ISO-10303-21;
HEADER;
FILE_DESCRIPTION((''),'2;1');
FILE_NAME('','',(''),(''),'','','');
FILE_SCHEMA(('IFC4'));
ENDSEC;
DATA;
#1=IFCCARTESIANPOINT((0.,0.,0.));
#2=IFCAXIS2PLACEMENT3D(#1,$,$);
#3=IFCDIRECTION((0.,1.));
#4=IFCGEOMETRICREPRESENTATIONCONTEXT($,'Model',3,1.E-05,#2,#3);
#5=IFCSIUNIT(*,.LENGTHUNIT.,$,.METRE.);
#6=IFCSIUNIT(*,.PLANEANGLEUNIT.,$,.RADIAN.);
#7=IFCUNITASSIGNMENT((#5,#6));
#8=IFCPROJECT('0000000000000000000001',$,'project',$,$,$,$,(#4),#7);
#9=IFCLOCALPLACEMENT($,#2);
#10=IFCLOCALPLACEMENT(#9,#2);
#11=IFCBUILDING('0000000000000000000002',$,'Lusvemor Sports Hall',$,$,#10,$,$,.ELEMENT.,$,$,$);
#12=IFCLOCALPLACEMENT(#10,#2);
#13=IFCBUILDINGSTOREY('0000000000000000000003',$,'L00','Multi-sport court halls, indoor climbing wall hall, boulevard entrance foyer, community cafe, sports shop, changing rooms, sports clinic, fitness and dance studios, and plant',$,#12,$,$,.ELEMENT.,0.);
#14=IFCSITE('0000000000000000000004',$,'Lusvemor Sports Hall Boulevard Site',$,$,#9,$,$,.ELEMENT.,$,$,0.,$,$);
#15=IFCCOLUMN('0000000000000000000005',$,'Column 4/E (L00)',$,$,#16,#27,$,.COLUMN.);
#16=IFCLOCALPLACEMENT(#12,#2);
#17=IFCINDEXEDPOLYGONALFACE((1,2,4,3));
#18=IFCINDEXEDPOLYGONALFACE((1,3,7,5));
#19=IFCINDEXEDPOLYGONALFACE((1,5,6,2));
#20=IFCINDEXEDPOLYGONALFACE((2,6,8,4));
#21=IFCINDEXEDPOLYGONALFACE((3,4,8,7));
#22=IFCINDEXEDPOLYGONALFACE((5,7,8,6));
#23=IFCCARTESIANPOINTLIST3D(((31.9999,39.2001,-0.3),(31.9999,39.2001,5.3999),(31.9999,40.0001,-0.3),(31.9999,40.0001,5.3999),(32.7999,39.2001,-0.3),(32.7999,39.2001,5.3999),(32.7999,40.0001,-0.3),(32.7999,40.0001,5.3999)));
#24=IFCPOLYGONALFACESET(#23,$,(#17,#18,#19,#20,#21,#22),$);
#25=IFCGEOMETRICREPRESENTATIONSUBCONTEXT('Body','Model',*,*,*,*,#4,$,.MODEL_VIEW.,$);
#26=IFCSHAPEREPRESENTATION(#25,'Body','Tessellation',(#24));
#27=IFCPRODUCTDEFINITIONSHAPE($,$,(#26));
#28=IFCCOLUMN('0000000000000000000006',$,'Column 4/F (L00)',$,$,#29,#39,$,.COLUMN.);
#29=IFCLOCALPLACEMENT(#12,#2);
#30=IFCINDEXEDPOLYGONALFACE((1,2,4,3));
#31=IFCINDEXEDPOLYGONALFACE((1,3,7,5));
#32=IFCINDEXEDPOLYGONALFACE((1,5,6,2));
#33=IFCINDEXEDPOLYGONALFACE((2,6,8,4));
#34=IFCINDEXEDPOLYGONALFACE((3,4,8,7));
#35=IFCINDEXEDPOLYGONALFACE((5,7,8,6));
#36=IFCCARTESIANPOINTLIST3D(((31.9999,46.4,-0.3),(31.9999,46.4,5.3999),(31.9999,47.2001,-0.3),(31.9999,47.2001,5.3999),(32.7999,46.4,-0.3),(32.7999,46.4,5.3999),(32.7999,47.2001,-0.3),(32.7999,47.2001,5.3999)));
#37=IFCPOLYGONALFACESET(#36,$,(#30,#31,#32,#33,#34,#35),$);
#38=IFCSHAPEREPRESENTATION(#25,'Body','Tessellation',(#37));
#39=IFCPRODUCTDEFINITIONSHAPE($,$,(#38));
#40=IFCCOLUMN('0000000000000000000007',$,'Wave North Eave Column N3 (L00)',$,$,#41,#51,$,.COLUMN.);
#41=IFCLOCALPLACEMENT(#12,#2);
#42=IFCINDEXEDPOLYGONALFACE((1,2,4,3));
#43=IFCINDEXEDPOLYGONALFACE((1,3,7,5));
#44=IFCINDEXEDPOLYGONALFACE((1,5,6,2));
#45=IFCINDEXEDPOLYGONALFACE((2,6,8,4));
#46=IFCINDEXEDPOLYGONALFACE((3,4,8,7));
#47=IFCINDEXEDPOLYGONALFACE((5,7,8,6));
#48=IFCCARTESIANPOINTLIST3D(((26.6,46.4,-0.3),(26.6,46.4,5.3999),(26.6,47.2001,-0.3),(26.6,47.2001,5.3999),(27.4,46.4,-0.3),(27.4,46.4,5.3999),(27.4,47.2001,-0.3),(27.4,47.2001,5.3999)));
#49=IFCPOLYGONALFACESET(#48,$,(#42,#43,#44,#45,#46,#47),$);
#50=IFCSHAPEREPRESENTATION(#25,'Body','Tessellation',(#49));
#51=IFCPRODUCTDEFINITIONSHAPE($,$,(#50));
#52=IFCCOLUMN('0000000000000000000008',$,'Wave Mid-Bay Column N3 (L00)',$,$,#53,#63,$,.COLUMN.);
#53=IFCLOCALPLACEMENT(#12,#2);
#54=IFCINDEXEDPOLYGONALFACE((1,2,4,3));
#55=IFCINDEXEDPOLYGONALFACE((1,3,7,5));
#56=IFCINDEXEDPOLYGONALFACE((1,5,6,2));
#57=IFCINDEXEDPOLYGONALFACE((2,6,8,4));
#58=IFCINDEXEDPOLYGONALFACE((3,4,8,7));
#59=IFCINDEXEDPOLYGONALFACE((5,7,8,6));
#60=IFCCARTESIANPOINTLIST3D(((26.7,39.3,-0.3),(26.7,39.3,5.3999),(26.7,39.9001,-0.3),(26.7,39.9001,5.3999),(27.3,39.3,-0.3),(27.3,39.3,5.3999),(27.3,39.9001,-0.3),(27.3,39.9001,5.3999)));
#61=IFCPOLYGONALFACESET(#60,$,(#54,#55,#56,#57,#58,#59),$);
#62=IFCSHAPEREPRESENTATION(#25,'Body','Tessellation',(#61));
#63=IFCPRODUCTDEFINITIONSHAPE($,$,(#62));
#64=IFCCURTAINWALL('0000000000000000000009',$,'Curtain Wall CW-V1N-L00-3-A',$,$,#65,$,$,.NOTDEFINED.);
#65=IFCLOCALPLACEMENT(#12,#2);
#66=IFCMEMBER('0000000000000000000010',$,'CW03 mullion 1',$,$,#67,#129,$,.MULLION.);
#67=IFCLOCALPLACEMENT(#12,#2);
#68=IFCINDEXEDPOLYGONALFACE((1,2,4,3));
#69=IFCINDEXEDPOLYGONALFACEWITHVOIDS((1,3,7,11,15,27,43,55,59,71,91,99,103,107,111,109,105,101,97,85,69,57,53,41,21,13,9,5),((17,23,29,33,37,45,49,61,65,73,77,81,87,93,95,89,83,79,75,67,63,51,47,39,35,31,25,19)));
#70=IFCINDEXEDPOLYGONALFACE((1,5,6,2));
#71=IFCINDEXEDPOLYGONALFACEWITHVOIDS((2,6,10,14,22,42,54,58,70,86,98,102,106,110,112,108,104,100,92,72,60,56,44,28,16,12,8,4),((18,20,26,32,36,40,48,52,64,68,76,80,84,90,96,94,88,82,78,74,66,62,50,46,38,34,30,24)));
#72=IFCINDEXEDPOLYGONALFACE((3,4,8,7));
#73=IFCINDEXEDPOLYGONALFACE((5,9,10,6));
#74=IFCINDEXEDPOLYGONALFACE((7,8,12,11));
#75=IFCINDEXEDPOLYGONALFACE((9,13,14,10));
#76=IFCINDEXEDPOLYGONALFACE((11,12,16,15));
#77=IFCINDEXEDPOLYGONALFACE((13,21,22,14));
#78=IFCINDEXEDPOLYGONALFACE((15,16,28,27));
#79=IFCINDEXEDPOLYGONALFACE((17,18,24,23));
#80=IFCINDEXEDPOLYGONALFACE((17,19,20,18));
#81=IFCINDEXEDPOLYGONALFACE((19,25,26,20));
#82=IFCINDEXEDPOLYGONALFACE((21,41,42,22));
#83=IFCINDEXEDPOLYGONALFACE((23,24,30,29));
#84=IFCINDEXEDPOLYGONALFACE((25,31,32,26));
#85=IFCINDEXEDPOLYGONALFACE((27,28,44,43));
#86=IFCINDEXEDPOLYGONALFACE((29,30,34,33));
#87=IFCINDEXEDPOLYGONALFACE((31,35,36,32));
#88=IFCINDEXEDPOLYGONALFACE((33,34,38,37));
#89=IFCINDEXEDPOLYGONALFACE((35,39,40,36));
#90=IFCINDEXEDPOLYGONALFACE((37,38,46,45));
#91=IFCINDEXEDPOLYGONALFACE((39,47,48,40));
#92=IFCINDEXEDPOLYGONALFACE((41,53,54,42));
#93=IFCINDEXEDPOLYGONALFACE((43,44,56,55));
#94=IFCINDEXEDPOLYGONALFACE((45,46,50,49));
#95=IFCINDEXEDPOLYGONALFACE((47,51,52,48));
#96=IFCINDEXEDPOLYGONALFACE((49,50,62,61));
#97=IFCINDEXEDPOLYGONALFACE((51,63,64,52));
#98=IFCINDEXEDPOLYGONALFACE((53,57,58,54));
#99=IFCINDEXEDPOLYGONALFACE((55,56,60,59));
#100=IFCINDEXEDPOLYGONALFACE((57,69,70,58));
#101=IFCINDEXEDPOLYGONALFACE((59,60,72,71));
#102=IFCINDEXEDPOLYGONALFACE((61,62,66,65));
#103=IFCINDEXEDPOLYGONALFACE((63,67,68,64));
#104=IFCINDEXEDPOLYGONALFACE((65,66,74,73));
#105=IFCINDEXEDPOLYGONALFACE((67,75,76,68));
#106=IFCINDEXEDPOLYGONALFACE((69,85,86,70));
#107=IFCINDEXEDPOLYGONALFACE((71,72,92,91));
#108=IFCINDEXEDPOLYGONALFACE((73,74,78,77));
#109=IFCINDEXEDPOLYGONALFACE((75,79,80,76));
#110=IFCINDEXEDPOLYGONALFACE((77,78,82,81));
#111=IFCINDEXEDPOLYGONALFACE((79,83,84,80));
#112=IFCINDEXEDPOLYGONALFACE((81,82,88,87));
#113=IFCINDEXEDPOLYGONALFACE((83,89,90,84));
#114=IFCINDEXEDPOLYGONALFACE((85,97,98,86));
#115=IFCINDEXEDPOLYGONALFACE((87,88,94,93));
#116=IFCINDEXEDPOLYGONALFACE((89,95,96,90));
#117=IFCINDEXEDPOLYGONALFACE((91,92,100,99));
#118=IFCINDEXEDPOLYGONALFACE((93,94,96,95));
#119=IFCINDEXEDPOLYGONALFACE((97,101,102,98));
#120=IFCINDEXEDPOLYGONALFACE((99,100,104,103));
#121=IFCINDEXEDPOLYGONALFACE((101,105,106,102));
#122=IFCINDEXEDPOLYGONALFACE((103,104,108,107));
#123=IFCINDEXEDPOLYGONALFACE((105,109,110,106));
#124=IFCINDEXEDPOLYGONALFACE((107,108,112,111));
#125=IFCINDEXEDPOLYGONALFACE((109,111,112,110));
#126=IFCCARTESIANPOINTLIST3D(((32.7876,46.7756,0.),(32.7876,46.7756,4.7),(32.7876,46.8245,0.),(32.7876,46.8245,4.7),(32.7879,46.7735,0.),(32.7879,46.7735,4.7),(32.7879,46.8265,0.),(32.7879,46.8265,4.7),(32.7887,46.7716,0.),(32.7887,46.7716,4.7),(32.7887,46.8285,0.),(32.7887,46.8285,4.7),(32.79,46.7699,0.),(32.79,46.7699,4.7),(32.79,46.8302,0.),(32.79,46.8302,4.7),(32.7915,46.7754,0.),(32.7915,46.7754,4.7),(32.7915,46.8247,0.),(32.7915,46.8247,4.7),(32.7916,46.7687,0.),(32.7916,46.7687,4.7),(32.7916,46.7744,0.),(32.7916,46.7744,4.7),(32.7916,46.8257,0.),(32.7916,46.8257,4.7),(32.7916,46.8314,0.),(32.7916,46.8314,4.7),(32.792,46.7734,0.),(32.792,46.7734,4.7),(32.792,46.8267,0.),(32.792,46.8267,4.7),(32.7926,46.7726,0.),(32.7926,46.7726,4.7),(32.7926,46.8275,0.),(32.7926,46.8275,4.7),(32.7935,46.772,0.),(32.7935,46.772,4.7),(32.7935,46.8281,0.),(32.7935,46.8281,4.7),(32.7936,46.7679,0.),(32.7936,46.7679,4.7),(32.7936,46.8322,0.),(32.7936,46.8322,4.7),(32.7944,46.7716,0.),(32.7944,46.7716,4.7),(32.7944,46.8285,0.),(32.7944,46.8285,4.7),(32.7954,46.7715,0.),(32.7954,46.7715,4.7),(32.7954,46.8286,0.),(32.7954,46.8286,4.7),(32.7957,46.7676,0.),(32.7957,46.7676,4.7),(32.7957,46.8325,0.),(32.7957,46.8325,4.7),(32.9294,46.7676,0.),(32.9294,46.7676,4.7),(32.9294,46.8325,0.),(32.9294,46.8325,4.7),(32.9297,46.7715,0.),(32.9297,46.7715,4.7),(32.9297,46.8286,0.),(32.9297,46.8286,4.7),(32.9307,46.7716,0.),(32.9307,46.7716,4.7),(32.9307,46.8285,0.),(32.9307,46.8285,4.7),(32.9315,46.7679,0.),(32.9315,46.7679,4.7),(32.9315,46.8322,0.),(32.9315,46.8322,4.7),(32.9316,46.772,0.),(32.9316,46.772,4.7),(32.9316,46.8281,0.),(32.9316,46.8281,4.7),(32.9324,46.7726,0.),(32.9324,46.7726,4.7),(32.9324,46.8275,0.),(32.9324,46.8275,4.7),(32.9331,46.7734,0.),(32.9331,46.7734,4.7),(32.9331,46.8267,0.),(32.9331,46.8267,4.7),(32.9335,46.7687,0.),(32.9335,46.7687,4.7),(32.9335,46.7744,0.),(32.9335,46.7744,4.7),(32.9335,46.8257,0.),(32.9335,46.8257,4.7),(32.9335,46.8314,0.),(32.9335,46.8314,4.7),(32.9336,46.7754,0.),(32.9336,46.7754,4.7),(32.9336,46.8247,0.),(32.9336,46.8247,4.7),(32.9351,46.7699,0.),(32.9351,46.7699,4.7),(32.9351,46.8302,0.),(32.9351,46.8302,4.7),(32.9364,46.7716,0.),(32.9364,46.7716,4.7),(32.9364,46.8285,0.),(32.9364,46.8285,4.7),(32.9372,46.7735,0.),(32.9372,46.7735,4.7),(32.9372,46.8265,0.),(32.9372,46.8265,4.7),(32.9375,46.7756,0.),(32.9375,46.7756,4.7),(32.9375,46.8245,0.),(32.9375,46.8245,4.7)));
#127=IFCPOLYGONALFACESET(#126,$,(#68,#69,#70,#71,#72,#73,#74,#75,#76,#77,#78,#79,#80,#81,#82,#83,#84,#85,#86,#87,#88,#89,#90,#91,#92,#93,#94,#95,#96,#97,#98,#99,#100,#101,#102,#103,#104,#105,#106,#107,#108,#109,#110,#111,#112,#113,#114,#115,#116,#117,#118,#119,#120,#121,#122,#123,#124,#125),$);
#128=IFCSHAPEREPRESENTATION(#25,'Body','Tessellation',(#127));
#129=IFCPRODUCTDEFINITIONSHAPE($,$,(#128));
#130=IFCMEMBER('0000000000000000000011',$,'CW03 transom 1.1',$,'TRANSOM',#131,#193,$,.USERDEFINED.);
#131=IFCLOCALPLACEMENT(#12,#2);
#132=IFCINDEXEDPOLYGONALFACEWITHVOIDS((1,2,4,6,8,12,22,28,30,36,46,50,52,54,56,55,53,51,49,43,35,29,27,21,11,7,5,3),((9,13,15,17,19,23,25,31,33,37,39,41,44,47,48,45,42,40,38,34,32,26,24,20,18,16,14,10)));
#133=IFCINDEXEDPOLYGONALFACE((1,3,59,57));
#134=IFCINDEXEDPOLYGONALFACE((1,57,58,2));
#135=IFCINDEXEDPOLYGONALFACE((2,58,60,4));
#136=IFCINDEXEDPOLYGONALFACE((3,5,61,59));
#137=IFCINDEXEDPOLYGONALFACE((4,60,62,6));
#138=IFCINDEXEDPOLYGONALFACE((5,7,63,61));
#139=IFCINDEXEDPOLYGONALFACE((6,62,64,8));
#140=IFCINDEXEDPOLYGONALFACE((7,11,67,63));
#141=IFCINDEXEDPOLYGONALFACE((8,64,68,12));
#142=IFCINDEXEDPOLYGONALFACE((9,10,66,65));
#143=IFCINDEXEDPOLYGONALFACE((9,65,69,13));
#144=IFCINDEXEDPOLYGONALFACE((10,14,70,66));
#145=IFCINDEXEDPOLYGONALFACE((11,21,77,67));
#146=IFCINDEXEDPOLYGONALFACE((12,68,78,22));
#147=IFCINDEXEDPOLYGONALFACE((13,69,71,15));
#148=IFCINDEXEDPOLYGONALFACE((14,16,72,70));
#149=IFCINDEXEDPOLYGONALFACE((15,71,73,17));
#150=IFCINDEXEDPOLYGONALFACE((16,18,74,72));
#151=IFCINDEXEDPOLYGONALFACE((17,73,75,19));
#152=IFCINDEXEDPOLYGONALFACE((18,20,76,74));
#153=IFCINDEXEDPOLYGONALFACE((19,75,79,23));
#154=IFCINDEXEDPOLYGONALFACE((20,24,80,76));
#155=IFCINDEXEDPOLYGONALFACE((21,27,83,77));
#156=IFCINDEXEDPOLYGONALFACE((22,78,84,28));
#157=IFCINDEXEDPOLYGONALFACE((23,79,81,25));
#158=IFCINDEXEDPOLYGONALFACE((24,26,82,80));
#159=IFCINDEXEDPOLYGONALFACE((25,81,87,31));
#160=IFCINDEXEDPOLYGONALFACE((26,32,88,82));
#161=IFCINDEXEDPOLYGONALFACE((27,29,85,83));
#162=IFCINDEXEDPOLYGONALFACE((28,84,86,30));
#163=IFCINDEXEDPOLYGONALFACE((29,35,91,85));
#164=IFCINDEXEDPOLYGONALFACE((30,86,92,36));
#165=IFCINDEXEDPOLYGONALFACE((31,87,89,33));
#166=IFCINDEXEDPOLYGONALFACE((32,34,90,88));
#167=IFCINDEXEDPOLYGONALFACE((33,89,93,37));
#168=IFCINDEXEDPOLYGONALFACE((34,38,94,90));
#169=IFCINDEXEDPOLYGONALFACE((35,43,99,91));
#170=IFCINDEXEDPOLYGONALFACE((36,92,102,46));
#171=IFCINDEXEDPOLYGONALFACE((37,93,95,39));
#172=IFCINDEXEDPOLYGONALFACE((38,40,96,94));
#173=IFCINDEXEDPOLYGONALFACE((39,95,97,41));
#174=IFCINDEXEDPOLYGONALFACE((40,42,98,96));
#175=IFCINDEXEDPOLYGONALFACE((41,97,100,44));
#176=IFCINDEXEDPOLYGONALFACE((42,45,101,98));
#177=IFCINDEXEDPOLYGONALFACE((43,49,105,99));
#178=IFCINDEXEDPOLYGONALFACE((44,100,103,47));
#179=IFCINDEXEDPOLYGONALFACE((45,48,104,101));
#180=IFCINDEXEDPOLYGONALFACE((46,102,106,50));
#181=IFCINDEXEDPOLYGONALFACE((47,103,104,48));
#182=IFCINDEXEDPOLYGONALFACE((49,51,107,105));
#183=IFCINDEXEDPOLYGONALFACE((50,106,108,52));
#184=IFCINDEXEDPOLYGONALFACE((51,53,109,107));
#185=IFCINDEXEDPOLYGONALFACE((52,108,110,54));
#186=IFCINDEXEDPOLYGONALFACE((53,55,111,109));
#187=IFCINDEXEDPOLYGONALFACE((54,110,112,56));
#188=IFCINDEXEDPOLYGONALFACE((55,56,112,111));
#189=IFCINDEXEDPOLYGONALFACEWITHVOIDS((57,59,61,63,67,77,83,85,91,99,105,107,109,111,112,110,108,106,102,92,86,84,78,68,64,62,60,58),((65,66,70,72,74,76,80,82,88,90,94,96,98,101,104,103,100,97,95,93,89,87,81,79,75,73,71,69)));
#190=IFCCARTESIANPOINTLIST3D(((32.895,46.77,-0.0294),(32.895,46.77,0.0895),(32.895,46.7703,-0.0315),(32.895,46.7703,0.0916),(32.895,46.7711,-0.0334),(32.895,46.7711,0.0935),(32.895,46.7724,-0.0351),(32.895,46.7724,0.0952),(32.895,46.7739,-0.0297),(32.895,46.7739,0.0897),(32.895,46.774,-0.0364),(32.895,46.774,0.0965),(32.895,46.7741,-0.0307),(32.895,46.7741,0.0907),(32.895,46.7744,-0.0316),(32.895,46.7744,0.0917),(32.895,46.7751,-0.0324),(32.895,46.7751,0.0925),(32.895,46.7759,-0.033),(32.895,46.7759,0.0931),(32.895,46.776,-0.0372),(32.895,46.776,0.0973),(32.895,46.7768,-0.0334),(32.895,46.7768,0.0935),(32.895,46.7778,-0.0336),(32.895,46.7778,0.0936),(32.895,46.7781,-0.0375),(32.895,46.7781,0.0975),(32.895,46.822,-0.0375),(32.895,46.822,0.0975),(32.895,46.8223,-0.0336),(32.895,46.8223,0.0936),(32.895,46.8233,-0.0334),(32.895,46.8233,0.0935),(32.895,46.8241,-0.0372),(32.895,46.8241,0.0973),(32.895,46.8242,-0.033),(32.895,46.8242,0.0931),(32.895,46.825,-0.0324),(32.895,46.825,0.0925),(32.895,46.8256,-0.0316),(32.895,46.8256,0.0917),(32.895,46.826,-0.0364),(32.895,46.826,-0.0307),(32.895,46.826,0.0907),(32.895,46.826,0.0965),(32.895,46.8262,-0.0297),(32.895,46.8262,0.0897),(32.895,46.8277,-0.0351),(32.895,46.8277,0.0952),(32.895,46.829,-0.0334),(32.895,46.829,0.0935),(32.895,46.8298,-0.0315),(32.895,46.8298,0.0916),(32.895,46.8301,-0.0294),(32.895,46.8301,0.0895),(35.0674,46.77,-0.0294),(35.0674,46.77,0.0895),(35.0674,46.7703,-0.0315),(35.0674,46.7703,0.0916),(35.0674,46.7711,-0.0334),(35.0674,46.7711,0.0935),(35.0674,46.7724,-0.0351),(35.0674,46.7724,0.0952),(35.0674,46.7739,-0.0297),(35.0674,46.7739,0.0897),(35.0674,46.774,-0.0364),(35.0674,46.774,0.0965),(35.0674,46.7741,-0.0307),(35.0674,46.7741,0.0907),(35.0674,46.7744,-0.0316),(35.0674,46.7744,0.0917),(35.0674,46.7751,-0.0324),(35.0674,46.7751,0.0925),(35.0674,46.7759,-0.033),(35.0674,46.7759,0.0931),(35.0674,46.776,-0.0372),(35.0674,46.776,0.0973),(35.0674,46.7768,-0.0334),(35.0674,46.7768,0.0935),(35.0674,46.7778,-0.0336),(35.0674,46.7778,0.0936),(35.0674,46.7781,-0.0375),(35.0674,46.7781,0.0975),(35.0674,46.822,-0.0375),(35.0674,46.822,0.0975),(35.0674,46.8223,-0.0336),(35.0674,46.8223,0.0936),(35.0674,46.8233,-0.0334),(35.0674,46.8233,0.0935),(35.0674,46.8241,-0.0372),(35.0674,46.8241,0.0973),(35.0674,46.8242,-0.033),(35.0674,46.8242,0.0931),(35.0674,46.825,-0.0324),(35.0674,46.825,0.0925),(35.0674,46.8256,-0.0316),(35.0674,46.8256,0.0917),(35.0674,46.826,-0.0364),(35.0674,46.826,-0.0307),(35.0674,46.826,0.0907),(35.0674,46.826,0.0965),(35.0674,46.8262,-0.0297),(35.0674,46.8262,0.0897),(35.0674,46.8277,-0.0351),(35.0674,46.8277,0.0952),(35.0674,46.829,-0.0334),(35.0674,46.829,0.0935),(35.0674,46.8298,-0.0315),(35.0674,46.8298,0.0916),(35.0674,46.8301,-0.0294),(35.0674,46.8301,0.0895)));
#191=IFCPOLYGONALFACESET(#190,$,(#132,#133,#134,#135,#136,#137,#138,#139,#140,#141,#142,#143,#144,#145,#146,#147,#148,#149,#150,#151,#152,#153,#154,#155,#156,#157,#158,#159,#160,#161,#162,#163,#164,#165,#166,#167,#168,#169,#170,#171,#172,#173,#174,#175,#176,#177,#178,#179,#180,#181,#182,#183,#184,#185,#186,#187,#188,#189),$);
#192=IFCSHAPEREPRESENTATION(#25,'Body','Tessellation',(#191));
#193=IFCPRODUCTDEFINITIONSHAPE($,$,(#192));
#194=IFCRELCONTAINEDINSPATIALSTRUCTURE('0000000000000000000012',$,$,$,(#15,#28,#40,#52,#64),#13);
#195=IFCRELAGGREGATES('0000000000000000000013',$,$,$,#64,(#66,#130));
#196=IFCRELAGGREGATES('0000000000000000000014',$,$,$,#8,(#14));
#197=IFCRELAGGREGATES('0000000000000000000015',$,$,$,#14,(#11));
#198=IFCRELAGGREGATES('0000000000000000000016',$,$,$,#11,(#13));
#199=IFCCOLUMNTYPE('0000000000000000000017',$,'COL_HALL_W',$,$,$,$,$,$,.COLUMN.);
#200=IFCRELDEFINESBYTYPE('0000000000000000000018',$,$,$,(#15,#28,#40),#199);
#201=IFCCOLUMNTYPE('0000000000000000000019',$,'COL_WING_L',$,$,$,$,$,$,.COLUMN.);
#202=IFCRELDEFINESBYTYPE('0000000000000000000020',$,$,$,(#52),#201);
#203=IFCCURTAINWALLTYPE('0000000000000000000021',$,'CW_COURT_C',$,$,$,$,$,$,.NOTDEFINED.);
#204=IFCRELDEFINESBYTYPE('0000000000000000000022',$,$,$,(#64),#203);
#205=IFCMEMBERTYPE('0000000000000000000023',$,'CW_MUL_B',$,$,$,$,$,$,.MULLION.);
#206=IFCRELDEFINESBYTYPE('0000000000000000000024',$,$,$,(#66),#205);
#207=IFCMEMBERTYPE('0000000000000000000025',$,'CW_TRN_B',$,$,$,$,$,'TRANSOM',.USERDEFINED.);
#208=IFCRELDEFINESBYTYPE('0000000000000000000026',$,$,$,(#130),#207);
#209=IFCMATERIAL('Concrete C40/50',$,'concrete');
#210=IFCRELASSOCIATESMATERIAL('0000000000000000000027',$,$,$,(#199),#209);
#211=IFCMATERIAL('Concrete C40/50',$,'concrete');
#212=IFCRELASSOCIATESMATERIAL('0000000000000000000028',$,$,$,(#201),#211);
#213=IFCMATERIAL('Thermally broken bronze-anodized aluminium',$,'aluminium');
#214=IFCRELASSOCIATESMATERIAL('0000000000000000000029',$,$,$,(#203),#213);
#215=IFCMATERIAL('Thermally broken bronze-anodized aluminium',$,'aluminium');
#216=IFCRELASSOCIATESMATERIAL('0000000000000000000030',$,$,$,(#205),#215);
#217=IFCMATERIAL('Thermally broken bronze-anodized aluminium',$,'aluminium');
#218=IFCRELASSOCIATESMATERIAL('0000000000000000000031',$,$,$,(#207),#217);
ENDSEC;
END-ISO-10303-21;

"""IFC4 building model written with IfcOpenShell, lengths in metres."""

from ifc_helpers import new_model, si_unit, direction, frame, origin, origin_2d, place, context, subcontext, project, spatial, rectangle, hollow_rectangle, extrude, material, material_profile, profile_set, type_object, element, aggregate, save


model = new_model("IFC4")

# Units and contexts
model_context = context("Model", 3, precision=1e-05, world=origin(), true_north=direction((0.0, 1.0)))
body_context = subcontext(model_context, "Body", "Model", "MODEL_VIEW")
ifc_project = project(units=[si_unit("LENGTHUNIT", "METRE"), si_unit("PLANEANGLEUNIT", "RADIAN")], contexts=[model_context])

# Site, building, storey
site_placement = place(None, origin())
site = spatial("IfcSite", under=ifc_project, at=site_placement, Name="Lusvemor Sports Hall Boulevard Site", CompositionType="ELEMENT", RefElevation=0.0)
building_placement = place(site_placement, origin())
building = spatial("IfcBuilding", under=site, at=building_placement, Name="Lusvemor Sports Hall", CompositionType="ELEMENT")
storey_placement = place(building_placement, origin())
storey = spatial("IfcBuildingStorey", under=building, at=storey_placement, Name="L00", Description="Multi-sport court halls, indoor climbing wall hall, boulevard entrance foyer, community cafe, sports shop, changing rooms, sports clinic, fitness and dance studios, and plant", CompositionType="ELEMENT", Elevation=0.0)

# Columns
ifc_material_1 = material(Name="Concrete C40/50", Category="concrete")
ifc_material_profile_1 = material_profile(ifc_material_1, rectangle(XDim=0.8, YDim=0.8, at=origin_2d()), Name="RC800x800")
ifc_profile_set_1 = profile_set([ifc_material_profile_1], Name="Concrete C40/50")
column_type_1 = type_object("IfcColumnType", Name="COL_HALL_W", PredefinedType="COLUMN", material=ifc_profile_set_1)
for number, where, z_axis, x_axis, name in (
    (1, (32.3999, 39.6001, -0.3), (0.0, 0.0, 1.0), (1.0, 0.0, 0.0), "Column 4/E (L00)"),
    (2, (32.3999, 46.8, -0.3), (0.0, 0.0, 1.0), (1.0, 0.0, 0.0), "Column 4/F (L00)"),
    (3, (27.0, 46.8, -0.3), (0.0, 0.0, 1.0), (1.0, 0.0, 0.0), "Wave North Eave Column N3 (L00)"),
):
    element("IfcColumn", number, at=place(storey_placement, frame(where, z_axis=z_axis, x_axis=x_axis)), inside=storey, type_object=column_type_1, Name=name, PredefinedType="COLUMN", context=body_context, shape_type="SweptSolid", body=[
        extrude(rectangle(XDim=0.8, YDim=0.8, at=origin_2d()), origin(), (0.0, 0.0, 1.0), 5.7),
    ])
ifc_material_2 = material(Name="Concrete C40/50", Category="concrete")
ifc_material_profile_2 = material_profile(ifc_material_2, rectangle(XDim=0.6001, YDim=0.6001, at=origin_2d()), Name="RC600x600")
ifc_profile_set_2 = profile_set([ifc_material_profile_2], Name="Concrete C40/50")
column_type_2 = type_object("IfcColumnType", Name="COL_WING_L", PredefinedType="COLUMN", material=ifc_profile_set_2)
column_placement = place(storey_placement, frame((27.0, 39.6001, -0.3), z_axis=(0.0, 0.0, 1.0), x_axis=(1.0, 0.0, 0.0)))
element("IfcColumn", 4, at=column_placement, inside=storey, type_object=column_type_2, Name="Wave Mid-Bay Column N3 (L00)", PredefinedType="COLUMN", context=body_context, shape_type="SweptSolid", body=[
    extrude(rectangle(XDim=0.6001, YDim=0.6001, at=origin_2d()), origin(), (0.0, 0.0, 1.0), 5.7),
])

# Curtain wall, members
ifc_material_3 = material(Name="Thermally broken bronze-anodized aluminium", Category="aluminium")
curtain_wall_type = type_object("IfcCurtainWallType", Name="CW_COURT_C", PredefinedType="NOTDEFINED", material=ifc_material_3)
curtain_wall_placement = place(storey_placement, origin())
curtain_wall = element("IfcCurtainWall", 5, at=curtain_wall_placement, inside=storey, type_object=curtain_wall_type, Name="Curtain Wall CW-V1N-L00-3-A", PredefinedType="NOTDEFINED")
ifc_material_4 = material(Name="Thermally broken bronze-anodized aluminium", Category="aluminium")
ifc_material_profile_3 = material_profile(ifc_material_4, hollow_rectangle(XDim=0.0649, YDim=0.1499, WallThickness=0.0039, InnerFilletRadius=0.0039, OuterFilletRadius=0.0081, at=origin_2d()), Name="CWMUL150x65x4")
ifc_profile_set_3 = profile_set([ifc_material_profile_3], Name="Thermally broken bronze-anodized aluminium")
member_type_1 = type_object("IfcMemberType", Name="CW_MUL_B", PredefinedType="MULLION", material=ifc_profile_set_3)
member_1_placement = place(storey_placement, frame((32.8625, 46.8, 0.0), z_axis=(0.0, 0.0, 1.0), x_axis=(0.0, 1.0, 0.0)))
member_1 = element("IfcMember", 6, at=member_1_placement, type_object=member_type_1, Name="CW03 mullion 1", PredefinedType="MULLION", context=body_context, shape_type="SweptSolid", body=[
    extrude(hollow_rectangle(XDim=0.0649, YDim=0.1499, WallThickness=0.0039, InnerFilletRadius=0.0039, OuterFilletRadius=0.0081, at=origin_2d()), origin(), (0.0, 0.0, 1.0), 4.7),
])
ifc_material_5 = material(Name="Thermally broken bronze-anodized aluminium", Category="aluminium")
ifc_material_profile_4 = material_profile(ifc_material_5, hollow_rectangle(XDim=0.0601, YDim=0.135, WallThickness=0.0039, InnerFilletRadius=0.0039, OuterFilletRadius=0.0081, at=origin_2d()), Name="CWTRN135x60x4")
ifc_profile_set_4 = profile_set([ifc_material_profile_4], Name="Thermally broken bronze-anodized aluminium")
member_type_2 = type_object("IfcMemberType", Name="CW_TRN_B", ElementType="TRANSOM", PredefinedType="USERDEFINED", material=ifc_profile_set_4)
member_2_placement = place(storey_placement, frame((32.895, 46.8, 0.03), z_axis=(1.0, 0.0, 0.0), x_axis=(0.0, 1.0, 0.0)))
member_2 = element("IfcMember", 7, at=member_2_placement, type_object=member_type_2, Name="CW03 transom 1.1", ObjectType="TRANSOM", PredefinedType="USERDEFINED", context=body_context, shape_type="SweptSolid", body=[
    extrude(hollow_rectangle(XDim=0.0601, YDim=0.135, WallThickness=0.0039, InnerFilletRadius=0.0039, OuterFilletRadius=0.0081, at=origin_2d()), origin(), (0.0, 0.0, 1.0), 2.1724),
])
aggregate(curtain_wall, [member_1, member_2])

save(model, "model.ifc")
